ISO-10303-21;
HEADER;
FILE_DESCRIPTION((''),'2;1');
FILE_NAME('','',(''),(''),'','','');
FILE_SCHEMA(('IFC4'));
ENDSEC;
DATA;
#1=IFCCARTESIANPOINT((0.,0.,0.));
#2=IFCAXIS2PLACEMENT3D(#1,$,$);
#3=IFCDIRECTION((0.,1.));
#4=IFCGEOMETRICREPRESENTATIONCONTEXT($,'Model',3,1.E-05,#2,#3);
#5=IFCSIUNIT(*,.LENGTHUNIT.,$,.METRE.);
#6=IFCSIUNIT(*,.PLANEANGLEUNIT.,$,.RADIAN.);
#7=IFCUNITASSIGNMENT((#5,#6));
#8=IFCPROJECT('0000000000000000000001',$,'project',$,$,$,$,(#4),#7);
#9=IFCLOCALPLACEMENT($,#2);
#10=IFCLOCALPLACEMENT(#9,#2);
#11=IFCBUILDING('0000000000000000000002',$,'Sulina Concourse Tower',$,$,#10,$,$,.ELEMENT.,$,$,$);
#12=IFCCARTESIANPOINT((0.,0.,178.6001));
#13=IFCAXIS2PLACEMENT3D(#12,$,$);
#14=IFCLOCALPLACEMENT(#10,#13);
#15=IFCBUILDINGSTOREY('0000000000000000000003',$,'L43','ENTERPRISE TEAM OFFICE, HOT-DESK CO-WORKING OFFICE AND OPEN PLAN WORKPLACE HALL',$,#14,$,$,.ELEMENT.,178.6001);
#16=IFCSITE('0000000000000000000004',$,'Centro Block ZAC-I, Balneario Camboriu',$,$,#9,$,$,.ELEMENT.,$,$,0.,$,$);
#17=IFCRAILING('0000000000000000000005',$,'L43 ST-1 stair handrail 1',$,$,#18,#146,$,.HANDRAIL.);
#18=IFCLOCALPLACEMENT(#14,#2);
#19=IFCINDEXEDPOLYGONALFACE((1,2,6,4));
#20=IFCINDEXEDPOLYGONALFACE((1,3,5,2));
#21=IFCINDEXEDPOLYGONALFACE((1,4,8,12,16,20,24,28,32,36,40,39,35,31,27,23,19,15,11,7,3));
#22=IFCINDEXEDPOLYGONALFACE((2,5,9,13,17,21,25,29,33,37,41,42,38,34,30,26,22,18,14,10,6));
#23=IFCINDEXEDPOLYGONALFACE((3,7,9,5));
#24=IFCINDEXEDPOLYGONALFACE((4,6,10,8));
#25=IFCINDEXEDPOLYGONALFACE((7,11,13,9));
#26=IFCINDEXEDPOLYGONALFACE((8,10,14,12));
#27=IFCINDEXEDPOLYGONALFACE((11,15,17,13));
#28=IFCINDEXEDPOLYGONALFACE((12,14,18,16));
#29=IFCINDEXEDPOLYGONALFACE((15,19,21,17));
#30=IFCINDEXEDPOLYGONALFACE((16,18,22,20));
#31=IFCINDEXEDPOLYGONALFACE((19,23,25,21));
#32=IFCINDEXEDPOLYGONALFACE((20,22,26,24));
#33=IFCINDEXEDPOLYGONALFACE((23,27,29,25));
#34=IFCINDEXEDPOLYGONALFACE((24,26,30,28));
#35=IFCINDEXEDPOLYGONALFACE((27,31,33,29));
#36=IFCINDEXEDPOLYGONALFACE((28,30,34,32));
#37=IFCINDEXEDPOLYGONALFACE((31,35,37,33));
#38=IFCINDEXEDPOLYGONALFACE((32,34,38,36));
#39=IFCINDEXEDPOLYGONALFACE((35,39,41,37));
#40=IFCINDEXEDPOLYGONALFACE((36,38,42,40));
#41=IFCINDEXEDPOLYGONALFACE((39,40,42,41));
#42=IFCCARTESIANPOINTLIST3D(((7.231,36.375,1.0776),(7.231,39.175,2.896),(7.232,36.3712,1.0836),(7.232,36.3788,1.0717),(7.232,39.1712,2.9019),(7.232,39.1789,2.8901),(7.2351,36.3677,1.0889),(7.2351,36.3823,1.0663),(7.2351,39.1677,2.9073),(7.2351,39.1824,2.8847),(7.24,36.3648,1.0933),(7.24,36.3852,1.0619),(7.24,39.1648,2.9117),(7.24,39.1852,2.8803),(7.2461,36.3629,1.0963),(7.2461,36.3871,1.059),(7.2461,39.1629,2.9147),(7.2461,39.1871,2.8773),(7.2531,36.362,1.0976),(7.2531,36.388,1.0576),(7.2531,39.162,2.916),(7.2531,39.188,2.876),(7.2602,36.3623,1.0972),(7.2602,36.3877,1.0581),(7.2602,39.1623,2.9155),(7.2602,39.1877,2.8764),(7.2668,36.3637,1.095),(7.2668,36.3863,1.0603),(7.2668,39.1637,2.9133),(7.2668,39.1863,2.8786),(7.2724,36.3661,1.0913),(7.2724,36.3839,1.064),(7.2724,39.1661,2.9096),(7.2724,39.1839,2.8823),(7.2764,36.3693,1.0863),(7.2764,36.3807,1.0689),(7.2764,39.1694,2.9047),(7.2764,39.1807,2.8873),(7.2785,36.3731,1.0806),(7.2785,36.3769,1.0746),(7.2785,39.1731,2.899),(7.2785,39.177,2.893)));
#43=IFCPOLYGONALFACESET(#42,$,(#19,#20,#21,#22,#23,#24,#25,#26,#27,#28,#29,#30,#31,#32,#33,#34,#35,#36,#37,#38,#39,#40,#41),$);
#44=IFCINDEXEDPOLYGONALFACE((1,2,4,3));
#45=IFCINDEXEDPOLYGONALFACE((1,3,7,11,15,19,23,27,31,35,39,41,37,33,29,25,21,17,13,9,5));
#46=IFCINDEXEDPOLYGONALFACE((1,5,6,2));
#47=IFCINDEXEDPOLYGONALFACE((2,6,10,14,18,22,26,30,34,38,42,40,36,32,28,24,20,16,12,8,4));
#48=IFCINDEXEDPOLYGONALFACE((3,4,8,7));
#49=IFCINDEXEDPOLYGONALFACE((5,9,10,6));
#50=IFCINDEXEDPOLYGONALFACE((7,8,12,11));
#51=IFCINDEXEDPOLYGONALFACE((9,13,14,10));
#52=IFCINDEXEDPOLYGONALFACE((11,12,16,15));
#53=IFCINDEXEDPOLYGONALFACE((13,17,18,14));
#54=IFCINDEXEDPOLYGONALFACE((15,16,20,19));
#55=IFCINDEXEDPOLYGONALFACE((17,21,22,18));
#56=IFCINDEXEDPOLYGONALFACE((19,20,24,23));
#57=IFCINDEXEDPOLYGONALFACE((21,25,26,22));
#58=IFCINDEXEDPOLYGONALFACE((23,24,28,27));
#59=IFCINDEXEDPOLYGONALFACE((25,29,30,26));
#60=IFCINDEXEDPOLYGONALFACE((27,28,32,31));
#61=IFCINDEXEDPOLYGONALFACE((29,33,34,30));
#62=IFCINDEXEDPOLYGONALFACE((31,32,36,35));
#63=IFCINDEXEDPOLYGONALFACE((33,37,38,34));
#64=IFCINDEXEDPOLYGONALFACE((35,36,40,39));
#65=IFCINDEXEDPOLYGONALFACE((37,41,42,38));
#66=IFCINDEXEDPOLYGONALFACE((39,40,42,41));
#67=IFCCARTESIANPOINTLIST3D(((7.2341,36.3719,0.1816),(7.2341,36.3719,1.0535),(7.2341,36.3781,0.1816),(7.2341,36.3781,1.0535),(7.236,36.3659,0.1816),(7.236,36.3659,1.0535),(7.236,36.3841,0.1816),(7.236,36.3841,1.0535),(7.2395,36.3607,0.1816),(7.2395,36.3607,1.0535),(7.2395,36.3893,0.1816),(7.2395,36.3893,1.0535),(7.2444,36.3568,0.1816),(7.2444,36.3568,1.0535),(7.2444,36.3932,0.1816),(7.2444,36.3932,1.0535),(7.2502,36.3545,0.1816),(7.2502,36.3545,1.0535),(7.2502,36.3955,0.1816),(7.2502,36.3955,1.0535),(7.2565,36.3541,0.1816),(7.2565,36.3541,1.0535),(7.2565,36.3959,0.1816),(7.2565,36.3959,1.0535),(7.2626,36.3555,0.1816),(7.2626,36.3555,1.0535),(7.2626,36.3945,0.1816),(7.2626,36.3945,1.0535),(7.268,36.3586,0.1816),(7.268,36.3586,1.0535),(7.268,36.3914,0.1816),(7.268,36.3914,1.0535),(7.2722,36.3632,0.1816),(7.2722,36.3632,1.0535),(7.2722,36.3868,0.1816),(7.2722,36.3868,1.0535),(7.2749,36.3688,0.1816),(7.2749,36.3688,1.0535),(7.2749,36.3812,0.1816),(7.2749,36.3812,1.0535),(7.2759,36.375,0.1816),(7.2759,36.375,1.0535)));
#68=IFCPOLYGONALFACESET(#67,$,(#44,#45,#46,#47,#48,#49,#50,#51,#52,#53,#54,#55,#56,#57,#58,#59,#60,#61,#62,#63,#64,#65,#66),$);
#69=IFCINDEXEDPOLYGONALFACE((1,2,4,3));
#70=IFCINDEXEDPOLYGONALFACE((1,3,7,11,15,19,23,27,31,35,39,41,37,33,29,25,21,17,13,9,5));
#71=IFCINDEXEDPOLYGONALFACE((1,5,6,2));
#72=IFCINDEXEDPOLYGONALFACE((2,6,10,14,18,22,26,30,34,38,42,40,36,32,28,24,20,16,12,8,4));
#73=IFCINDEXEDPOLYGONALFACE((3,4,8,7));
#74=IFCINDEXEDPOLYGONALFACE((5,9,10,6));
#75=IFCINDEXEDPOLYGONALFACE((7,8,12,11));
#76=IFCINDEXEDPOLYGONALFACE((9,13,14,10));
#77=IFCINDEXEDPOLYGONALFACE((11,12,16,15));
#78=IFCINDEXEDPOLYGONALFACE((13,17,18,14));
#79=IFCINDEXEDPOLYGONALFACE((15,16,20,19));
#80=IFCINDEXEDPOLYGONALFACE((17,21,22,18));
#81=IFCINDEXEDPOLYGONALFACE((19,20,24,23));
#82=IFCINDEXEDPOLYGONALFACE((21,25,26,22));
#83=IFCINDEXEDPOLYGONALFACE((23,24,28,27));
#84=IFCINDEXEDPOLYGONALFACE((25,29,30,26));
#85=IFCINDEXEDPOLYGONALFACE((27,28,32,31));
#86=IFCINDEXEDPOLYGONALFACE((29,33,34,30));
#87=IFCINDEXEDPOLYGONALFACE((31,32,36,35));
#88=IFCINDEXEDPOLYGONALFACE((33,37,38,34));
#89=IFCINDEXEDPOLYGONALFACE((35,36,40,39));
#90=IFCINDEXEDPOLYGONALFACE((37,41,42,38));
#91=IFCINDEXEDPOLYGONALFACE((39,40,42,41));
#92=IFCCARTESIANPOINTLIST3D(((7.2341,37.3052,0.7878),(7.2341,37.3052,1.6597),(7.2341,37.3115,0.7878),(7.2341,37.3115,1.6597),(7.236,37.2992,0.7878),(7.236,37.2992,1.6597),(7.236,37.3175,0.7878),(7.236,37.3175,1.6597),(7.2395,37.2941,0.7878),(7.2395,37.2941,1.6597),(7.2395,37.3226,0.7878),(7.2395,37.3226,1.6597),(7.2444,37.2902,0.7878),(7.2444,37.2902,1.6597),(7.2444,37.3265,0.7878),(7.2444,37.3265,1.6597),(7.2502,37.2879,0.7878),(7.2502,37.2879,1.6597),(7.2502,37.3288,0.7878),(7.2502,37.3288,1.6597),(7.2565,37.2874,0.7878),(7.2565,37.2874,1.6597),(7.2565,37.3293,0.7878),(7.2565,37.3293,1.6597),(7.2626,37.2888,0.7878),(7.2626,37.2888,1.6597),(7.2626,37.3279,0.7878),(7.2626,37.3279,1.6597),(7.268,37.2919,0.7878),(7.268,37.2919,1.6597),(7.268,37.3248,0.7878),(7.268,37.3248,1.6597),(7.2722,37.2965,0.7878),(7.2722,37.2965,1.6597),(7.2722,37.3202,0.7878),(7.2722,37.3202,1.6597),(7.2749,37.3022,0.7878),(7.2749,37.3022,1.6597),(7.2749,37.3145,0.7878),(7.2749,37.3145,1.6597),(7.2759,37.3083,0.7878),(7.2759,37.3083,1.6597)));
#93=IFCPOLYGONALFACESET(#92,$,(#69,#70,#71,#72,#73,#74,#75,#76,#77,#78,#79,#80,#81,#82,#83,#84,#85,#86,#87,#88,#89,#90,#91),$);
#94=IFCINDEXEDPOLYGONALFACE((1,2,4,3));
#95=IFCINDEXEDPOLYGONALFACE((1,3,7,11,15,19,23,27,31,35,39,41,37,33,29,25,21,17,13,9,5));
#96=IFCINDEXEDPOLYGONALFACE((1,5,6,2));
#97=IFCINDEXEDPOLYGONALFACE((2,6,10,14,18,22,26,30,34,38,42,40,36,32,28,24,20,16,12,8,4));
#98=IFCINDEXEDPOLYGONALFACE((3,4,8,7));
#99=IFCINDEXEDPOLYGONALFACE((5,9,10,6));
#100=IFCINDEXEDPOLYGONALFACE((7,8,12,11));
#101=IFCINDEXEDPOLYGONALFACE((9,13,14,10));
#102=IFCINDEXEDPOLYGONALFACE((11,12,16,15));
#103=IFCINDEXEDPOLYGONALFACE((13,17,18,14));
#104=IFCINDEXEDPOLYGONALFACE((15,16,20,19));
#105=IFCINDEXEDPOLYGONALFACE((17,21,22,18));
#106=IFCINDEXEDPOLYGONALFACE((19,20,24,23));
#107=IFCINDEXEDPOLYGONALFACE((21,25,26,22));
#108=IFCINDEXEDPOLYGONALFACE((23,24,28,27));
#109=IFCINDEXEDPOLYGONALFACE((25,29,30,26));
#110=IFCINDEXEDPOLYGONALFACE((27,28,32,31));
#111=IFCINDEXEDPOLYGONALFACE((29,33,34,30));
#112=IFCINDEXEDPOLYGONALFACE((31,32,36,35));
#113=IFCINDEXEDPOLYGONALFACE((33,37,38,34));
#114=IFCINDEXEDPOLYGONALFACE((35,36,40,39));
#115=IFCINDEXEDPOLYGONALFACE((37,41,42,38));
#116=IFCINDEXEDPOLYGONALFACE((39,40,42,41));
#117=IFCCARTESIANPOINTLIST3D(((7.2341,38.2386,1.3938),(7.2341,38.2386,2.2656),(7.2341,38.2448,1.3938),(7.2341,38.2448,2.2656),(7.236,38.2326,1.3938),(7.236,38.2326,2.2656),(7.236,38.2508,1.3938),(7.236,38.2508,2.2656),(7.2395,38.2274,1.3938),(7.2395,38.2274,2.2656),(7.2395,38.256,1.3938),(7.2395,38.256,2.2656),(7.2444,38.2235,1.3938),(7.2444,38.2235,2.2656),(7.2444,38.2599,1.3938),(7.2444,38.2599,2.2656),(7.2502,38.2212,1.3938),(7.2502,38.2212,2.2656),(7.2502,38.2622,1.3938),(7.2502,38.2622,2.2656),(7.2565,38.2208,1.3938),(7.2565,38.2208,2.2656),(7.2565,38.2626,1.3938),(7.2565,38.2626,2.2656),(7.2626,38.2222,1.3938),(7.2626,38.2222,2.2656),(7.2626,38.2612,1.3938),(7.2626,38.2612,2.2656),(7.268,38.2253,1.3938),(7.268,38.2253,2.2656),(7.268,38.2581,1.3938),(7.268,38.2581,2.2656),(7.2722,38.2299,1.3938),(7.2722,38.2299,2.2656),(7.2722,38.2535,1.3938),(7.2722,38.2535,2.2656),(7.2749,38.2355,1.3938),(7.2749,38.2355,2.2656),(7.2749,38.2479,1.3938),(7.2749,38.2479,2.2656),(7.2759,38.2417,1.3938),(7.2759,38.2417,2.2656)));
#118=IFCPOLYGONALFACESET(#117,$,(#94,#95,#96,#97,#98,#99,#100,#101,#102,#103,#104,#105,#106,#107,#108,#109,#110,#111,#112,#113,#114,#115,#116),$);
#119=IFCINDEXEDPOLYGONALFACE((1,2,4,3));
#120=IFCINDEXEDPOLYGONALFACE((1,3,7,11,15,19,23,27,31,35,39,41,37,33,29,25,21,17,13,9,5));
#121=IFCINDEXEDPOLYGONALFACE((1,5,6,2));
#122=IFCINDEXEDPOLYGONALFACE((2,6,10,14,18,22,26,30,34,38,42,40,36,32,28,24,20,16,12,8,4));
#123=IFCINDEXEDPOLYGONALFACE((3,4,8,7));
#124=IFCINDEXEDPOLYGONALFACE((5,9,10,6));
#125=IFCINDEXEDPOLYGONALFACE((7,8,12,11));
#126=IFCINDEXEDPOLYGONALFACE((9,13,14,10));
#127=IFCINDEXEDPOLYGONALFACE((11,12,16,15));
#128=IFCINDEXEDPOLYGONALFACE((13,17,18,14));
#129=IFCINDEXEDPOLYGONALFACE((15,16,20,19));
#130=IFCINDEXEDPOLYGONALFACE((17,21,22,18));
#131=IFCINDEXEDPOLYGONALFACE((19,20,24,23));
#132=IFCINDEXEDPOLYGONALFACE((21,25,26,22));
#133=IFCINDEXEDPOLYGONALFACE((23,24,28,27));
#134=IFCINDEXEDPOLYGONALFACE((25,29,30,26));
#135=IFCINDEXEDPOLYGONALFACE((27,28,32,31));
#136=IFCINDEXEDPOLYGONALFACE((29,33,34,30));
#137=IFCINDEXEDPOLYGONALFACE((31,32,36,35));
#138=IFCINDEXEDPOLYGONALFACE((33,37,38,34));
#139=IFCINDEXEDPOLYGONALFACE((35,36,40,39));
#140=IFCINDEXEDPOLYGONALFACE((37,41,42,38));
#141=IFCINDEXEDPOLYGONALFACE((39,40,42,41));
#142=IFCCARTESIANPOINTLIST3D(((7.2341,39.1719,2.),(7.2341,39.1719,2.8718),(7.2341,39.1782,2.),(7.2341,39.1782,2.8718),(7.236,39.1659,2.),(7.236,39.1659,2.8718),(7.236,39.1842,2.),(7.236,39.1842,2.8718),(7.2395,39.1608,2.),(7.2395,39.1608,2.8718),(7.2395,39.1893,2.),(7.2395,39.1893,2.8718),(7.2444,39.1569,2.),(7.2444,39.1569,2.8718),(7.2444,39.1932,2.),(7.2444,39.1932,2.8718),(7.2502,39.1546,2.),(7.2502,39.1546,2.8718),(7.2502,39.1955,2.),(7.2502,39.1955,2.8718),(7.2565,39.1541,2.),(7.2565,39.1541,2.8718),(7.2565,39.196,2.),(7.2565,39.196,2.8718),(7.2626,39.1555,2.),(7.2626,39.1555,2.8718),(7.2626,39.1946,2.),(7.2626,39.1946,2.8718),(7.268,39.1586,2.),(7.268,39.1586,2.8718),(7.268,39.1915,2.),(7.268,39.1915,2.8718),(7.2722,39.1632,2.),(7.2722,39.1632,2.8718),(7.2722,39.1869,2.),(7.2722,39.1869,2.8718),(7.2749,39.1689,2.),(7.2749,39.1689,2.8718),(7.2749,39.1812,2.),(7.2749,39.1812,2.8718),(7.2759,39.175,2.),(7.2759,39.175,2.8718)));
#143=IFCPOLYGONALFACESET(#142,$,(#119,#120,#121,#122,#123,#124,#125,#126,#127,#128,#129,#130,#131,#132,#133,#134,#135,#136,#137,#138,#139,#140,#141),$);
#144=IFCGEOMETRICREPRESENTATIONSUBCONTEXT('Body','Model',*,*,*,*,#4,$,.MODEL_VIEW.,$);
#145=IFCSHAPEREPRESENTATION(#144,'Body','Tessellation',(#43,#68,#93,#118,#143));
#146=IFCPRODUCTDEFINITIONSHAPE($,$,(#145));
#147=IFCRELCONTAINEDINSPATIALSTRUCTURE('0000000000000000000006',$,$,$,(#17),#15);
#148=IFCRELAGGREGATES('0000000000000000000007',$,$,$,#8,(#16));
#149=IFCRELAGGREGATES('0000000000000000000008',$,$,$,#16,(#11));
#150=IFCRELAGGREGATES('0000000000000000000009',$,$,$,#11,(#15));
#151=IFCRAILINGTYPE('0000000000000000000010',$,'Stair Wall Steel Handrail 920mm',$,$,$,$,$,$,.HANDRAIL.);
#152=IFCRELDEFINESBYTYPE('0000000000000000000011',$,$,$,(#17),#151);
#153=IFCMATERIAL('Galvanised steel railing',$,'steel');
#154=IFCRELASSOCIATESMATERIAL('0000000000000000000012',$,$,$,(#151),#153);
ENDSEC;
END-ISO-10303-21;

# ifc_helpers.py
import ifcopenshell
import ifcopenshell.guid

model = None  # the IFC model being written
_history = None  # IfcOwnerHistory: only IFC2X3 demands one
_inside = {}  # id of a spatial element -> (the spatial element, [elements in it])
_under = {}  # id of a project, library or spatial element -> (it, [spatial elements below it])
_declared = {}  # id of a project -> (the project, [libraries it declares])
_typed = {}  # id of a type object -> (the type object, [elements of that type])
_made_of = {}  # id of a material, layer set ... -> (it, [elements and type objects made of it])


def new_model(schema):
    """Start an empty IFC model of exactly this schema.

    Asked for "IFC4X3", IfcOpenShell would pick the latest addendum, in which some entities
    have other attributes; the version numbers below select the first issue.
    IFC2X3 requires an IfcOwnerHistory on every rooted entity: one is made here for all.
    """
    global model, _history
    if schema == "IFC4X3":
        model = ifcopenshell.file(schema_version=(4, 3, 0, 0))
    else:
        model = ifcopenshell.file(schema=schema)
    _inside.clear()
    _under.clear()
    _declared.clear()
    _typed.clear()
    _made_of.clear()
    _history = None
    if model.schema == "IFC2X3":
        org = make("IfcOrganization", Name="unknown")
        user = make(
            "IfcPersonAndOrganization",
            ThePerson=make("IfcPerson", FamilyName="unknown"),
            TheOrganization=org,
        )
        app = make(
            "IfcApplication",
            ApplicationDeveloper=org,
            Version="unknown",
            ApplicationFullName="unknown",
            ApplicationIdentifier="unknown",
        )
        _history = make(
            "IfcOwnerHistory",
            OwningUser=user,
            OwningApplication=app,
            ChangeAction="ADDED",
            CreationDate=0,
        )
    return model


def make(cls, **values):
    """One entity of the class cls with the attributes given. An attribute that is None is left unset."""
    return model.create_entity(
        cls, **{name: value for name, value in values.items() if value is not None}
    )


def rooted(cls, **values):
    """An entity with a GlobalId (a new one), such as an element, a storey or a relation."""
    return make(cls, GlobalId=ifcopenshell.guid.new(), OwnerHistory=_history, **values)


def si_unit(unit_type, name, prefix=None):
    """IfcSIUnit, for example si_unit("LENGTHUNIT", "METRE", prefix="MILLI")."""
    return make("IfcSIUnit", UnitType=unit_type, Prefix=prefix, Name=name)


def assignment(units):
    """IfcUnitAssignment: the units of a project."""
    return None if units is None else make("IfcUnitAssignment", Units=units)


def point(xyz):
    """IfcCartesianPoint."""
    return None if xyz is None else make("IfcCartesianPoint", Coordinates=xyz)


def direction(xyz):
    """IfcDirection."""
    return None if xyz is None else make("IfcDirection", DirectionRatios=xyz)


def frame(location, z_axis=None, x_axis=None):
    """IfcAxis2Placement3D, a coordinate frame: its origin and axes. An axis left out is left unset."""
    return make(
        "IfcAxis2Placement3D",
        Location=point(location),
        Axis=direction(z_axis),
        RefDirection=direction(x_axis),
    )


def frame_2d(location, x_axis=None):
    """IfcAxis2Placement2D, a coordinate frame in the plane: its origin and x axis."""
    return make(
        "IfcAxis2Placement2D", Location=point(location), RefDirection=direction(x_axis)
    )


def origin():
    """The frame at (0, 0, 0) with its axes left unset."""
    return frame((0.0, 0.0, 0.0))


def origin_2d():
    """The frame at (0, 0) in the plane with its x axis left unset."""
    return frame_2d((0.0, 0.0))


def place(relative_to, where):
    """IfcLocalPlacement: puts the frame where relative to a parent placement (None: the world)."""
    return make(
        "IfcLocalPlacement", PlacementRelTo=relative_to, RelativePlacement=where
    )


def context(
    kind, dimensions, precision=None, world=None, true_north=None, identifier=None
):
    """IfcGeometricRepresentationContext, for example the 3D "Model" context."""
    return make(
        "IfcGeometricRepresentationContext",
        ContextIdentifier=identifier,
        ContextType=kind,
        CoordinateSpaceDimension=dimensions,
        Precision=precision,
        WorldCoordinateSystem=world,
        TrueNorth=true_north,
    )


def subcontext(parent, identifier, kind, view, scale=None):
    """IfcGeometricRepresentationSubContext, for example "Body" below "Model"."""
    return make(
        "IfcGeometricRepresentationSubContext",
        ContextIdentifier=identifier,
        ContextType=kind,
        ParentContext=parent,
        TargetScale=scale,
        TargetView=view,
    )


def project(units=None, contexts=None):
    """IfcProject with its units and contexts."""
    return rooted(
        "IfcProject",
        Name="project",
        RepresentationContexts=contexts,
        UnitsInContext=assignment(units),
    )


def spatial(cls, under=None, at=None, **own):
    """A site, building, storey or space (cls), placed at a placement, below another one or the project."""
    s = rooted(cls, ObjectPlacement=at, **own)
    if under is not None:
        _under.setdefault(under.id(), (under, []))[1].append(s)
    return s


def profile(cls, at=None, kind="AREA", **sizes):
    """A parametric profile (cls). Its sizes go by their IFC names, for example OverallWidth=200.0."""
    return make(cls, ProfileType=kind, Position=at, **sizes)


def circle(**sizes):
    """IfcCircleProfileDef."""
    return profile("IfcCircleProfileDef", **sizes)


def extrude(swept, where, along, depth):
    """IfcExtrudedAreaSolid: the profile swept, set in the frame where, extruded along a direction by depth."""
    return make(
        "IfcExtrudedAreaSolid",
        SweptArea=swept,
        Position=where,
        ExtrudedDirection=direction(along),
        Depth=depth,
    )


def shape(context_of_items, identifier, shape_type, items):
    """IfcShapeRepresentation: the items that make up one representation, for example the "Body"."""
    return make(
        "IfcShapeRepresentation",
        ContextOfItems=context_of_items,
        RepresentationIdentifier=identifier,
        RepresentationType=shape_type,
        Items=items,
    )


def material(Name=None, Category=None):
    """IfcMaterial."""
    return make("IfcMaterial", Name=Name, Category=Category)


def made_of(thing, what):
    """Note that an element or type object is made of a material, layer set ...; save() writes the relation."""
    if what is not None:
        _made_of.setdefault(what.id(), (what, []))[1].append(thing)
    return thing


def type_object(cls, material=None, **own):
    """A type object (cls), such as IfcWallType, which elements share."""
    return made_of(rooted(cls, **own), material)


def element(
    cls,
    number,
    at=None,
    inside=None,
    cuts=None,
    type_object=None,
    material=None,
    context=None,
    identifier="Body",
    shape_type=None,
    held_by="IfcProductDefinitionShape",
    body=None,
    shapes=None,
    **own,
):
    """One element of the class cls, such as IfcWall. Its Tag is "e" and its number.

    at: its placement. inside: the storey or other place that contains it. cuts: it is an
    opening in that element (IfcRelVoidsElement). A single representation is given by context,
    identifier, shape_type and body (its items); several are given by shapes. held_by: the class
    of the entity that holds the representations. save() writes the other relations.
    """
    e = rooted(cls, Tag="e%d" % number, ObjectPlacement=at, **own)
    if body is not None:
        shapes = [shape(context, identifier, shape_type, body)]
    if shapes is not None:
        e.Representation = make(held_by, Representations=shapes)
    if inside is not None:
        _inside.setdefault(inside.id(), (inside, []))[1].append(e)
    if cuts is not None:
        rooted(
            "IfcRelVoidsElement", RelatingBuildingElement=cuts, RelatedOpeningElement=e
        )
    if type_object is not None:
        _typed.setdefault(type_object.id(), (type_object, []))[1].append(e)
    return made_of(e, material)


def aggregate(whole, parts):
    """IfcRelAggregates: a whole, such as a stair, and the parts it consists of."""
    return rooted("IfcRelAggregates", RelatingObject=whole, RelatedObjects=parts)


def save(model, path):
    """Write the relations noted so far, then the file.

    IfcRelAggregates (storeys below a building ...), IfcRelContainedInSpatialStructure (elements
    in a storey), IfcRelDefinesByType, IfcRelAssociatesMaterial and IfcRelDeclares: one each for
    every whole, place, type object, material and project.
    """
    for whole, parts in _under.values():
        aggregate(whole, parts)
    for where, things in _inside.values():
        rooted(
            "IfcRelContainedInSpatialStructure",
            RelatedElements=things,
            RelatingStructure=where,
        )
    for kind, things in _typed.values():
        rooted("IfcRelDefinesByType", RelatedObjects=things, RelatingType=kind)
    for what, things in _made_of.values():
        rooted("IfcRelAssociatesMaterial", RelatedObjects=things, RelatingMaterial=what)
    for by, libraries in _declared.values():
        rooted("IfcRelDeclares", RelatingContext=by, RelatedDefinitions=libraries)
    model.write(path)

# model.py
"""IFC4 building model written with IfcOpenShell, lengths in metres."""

from ifc_helpers import new_model, si_unit, direction, frame, origin, origin_2d, place, context, subcontext, project, spatial, circle, extrude, material, type_object, element, save


model = new_model("IFC4")

# Units and contexts
model_context = context("Model", 3, precision=1e-05, world=origin(), true_north=direction((0.0, 1.0)))
body_context = subcontext(model_context, "Body", "Model", "MODEL_VIEW")
ifc_project = project(units=[si_unit("LENGTHUNIT", "METRE"), si_unit("PLANEANGLEUNIT", "RADIAN")], contexts=[model_context])

# Site, building, storey
site_placement = place(None, origin())
site = spatial("IfcSite", under=ifc_project, at=site_placement, Name="Centro Block ZAC-I, Balneario Camboriu", CompositionType="ELEMENT", RefElevation=0.0)
building_placement = place(site_placement, origin())
building = spatial("IfcBuilding", under=site, at=building_placement, Name="Sulina Concourse Tower", CompositionType="ELEMENT")
storey_placement = place(building_placement, frame((0.0, 0.0, 178.6001)))
storey = spatial("IfcBuildingStorey", under=building, at=storey_placement, Name="L43", Description="ENTERPRISE TEAM OFFICE, HOT-DESK CO-WORKING OFFICE AND OPEN PLAN WORKPLACE HALL", CompositionType="ELEMENT", Elevation=178.6001)

# Railing
ifc_material_1 = material(Name="Galvanised steel railing", Category="steel")
railing_type_1 = type_object("IfcRailingType", Name="Stair Wall Steel Handrail 920mm", PredefinedType="HANDRAIL", material=ifc_material_1)
railing_1_placement = place(storey_placement, frame((7.2549, 36.375, 0.1816)))
element("IfcRailing", 1, at=railing_1_placement, inside=storey, type_object=railing_type_1, Name="L43 ST-1 stair handrail 1", PredefinedType="HANDRAIL", context=body_context, shape_type="SweptSolid", body=[
    extrude(circle(Radius=0.0239, at=origin_2d()), frame((0.0, 0.0, 0.896), z_axis=(0.0, 0.838672, 0.544636), x_axis=(-1.0, 0.0, 0.0)), (0.0, 0.0, 1.0), 3.3386),
    extrude(circle(Radius=0.021, at=origin_2d()), origin(), (0.0, 0.0, 1.0), 0.8718),
    extrude(circle(Radius=0.021, at=origin_2d()), frame((0.0, 0.9333, 0.6062)), (0.0, 0.0, 1.0), 0.8718),
    extrude(circle(Radius=0.021, at=origin_2d()), frame((0.0, 1.8667, 1.2122)), (0.0, 0.0, 1.0), 0.8718),
    extrude(circle(Radius=0.021, at=origin_2d()), frame((0.0, 2.8, 1.8184)), (0.0, 0.0, 1.0), 0.8718),
])

save(model, "model.ifc")
